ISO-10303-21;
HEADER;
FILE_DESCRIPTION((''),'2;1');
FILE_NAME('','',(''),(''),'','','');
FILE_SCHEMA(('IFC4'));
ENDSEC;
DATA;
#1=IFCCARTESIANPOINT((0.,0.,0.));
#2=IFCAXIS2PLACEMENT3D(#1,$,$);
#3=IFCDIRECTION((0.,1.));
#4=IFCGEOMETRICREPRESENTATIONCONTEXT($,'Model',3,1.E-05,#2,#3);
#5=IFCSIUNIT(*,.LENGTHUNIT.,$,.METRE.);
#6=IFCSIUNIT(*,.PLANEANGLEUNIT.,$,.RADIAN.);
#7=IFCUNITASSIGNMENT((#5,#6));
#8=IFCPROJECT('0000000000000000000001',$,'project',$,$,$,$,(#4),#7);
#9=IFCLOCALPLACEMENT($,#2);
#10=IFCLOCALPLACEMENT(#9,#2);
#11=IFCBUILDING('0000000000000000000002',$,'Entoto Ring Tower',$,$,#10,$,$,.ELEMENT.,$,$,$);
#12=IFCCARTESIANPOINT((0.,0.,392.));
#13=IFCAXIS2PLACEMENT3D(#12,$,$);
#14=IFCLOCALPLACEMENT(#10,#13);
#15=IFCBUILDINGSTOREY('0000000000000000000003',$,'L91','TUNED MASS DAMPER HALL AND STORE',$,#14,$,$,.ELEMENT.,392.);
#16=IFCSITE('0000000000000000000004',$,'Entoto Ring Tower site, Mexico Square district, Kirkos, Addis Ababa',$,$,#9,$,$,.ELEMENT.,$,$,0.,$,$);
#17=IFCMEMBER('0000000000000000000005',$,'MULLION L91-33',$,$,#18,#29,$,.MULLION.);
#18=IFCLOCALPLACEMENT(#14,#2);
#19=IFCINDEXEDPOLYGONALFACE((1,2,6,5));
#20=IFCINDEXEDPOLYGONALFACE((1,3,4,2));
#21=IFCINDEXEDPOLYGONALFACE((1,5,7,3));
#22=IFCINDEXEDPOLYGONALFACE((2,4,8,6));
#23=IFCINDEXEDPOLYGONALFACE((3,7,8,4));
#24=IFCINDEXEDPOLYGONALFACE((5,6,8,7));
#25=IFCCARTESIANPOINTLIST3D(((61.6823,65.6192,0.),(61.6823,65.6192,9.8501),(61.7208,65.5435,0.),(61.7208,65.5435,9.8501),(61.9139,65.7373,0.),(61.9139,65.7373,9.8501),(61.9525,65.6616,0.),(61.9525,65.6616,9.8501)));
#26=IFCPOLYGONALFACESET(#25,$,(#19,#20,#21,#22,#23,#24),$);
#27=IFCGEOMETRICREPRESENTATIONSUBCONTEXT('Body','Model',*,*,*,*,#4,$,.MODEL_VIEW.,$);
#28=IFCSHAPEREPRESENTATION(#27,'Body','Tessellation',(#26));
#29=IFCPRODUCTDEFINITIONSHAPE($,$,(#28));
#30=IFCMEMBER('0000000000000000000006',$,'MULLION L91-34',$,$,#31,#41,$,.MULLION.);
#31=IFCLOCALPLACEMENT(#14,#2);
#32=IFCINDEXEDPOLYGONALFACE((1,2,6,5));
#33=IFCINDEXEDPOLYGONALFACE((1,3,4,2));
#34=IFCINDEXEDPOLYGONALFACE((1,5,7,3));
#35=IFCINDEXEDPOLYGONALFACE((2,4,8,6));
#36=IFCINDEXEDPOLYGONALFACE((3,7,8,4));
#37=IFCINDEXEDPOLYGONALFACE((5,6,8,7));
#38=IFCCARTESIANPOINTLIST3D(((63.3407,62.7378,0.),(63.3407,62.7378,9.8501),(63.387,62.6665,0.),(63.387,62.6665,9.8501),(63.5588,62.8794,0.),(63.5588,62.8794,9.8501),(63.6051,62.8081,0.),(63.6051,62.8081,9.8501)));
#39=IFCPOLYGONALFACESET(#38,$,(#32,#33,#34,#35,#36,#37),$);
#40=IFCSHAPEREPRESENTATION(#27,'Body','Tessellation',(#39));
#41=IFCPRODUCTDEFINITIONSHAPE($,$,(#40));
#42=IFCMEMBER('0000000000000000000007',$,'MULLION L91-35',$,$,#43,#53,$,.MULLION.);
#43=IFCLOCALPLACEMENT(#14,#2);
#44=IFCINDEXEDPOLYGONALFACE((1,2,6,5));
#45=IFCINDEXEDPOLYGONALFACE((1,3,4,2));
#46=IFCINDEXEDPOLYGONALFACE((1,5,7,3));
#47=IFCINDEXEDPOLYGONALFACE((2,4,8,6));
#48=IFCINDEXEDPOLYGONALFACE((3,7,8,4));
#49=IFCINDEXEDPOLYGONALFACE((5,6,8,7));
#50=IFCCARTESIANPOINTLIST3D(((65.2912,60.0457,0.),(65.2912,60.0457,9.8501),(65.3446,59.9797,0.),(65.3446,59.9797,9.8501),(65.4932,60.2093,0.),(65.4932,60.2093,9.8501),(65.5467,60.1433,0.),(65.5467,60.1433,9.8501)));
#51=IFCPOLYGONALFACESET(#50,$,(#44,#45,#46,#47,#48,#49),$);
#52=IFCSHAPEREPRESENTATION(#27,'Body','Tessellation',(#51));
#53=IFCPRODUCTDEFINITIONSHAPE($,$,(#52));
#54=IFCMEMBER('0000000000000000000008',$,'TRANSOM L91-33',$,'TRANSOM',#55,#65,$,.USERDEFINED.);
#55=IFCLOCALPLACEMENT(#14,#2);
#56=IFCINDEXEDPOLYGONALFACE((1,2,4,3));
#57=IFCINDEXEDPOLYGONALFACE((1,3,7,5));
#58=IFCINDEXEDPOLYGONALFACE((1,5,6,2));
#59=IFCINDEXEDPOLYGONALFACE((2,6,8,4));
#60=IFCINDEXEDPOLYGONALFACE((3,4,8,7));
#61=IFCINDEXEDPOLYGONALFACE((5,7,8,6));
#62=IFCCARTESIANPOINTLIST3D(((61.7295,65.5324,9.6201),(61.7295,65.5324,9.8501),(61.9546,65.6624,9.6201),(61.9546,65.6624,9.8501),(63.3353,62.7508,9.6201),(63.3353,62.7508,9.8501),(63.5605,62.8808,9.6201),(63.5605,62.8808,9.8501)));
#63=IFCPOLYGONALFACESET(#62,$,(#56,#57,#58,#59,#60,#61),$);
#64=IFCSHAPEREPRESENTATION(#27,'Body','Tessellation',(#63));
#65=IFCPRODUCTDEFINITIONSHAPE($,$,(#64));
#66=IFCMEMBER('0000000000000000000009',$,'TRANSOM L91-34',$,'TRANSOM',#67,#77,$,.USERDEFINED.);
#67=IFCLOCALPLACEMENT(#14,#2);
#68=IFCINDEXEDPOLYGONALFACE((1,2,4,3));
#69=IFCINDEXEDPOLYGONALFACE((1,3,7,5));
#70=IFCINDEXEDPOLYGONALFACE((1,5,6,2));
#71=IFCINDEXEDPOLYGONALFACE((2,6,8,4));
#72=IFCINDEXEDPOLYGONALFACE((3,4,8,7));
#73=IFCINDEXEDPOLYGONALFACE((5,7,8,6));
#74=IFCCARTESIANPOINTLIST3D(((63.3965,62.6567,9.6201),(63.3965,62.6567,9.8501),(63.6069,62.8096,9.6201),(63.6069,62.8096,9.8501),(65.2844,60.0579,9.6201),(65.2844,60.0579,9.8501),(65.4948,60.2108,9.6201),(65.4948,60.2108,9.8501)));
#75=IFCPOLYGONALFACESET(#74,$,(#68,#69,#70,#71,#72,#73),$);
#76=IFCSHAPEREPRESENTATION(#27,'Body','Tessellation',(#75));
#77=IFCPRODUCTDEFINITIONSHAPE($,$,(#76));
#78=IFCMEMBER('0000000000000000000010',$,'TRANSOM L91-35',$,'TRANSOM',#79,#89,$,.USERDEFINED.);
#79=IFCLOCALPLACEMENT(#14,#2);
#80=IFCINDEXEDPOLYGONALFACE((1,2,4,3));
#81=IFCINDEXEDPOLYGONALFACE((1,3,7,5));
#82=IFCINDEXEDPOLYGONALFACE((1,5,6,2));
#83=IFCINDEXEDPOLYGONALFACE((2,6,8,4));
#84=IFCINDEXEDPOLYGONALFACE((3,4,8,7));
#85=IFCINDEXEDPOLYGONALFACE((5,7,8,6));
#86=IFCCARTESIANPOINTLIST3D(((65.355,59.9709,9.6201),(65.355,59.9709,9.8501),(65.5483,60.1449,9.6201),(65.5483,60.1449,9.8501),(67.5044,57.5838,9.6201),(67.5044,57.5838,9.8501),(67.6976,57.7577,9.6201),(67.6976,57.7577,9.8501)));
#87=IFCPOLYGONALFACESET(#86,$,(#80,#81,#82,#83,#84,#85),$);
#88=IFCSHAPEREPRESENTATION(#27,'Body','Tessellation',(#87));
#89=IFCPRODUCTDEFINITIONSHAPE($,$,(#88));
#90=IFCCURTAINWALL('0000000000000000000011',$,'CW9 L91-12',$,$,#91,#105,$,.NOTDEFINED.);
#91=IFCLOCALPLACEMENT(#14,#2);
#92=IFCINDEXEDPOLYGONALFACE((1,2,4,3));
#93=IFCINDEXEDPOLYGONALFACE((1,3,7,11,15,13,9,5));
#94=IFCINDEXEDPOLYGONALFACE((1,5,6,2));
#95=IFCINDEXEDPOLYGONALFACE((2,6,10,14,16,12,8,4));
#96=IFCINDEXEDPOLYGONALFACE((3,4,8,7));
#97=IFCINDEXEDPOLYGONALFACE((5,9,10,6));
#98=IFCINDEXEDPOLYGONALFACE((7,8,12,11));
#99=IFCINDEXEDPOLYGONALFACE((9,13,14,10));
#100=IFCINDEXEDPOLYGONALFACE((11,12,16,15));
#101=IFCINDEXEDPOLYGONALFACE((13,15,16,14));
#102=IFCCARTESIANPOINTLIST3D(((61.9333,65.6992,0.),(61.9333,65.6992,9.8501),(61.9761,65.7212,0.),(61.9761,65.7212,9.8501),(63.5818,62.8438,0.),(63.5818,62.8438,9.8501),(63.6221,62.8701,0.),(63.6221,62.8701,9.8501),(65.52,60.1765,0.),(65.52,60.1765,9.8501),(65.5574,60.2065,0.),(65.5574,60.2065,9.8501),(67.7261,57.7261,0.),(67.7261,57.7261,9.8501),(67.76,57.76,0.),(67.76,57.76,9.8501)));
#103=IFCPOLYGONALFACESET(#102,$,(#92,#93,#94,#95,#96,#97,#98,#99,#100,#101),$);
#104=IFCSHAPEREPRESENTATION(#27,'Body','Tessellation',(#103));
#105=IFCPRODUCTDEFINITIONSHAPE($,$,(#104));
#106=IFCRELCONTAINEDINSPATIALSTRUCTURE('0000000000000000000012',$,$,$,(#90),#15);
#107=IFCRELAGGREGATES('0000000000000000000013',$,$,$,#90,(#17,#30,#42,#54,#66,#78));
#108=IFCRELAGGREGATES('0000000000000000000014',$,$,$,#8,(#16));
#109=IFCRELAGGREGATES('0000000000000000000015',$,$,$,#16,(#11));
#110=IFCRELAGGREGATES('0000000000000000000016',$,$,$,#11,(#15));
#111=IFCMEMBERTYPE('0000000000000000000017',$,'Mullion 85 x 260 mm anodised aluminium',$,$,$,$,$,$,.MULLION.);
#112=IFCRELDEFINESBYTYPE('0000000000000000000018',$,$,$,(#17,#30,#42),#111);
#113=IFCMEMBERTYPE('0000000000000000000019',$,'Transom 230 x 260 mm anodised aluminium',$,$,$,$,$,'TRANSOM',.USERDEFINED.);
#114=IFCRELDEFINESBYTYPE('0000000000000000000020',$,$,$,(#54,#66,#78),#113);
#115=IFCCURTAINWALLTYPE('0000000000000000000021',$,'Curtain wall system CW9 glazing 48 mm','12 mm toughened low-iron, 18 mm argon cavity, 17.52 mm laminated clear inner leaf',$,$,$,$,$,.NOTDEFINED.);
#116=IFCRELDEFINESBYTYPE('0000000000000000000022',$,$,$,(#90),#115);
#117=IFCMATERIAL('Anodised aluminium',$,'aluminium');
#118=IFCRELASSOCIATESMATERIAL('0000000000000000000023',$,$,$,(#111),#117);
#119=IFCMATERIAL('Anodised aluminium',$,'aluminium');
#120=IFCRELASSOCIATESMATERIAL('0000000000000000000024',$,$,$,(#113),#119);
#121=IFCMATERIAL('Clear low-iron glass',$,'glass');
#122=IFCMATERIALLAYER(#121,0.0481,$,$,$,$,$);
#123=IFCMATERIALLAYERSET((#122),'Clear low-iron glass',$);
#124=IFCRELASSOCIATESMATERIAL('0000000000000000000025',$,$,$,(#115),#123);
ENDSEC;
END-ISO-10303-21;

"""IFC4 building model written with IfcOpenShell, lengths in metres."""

from ifc_helpers import new_model, si_unit, direction, frame, origin, origin_2d, place, context, subcontext, project, spatial, polyline, rectangle, outline, extrude, material, layer, layer_set, material_profile, profile_set, type_object, element, aggregate, save


model = new_model("IFC4")

# Units and contexts
model_context = context("Model", 3, precision=1e-05, world=origin(), true_north=direction((0.0, 1.0)))
body_context = subcontext(model_context, "Body", "Model", "MODEL_VIEW")
ifc_project = project(units=[si_unit("LENGTHUNIT", "METRE"), si_unit("PLANEANGLEUNIT", "RADIAN")], contexts=[model_context])

# Members
ifc_material_1 = material(Name="Anodised aluminium", Category="aluminium")
ifc_material_profile_1 = material_profile(ifc_material_1, rectangle(XDim=0.085, YDim=0.26, at=origin_2d()), Name="Mullion 85 x 260 mm anodised aluminium")
ifc_profile_set_1 = profile_set([ifc_material_profile_1], Name="Anodised aluminium")
member_type_1 = type_object("IfcMemberType", Name="Mullion 85 x 260 mm anodised aluminium", PredefinedType="MULLION", material=ifc_profile_set_1)
site_placement = place(None, origin())
building_placement = place(site_placement, origin())
storey_placement = place(building_placement, frame((0.0, 0.0, 392.0)))
member_1_placement = place(storey_placement, frame((61.8174, 65.6404, 0.0), z_axis=(0.0, 0.0, 1.0), x_axis=(0.45399, -0.891007, 0.0)))
member_1 = element("IfcMember", 1, at=member_1_placement, type_object=member_type_1, Name="MULLION L91-33", PredefinedType="MULLION", context=body_context, shape_type="SweptSolid", body=[
    extrude(rectangle(XDim=0.085, YDim=0.26, at=origin_2d()), origin(), (0.0, 0.0, 1.0), 9.8501),
])
member_2_placement = place(storey_placement, frame((63.4729, 62.7729, 0.0), z_axis=(0.0, 0.0, 1.0), x_axis=(0.544639, -0.838671, 0.0)))
member_2 = element("IfcMember", 2, at=member_2_placement, type_object=member_type_1, Name="MULLION L91-34", PredefinedType="MULLION", context=body_context, shape_type="SweptSolid", body=[
    extrude(rectangle(XDim=0.085, YDim=0.26, at=origin_2d()), origin(), (0.0, 0.0, 1.0), 9.8501),
])
member_3_placement = place(storey_placement, frame((65.4189, 60.0945, 0.0), z_axis=(0.0, 0.0, 1.0), x_axis=(0.62932, -0.777146, 0.0)))
member_3 = element("IfcMember", 3, at=member_3_placement, type_object=member_type_1, Name="MULLION L91-35", PredefinedType="MULLION", context=body_context, shape_type="SweptSolid", body=[
    extrude(rectangle(XDim=0.085, YDim=0.26, at=origin_2d()), origin(), (0.0, 0.0, 1.0), 9.8501),
])
ifc_material_2 = material(Name="Anodised aluminium", Category="aluminium")
ifc_material_profile_2 = material_profile(ifc_material_2, rectangle(XDim=0.26, YDim=0.23, at=origin_2d()), Name="Transom 230 x 260 mm anodised aluminium")
ifc_profile_set_2 = profile_set([ifc_material_profile_2], Name="Anodised aluminium")
member_type_2 = type_object("IfcMemberType", Name="Transom 230 x 260 mm anodised aluminium", ElementType="TRANSOM", PredefinedType="USERDEFINED", material=ifc_profile_set_2)
member_4_placement = place(storey_placement, frame((61.842, 65.5974, 9.7351), z_axis=(0.499981, -0.866036, 0.0), x_axis=(0.866036, 0.499981, 0.0)))
member_4 = element("IfcMember", 4, at=member_4_placement, type_object=member_type_2, Name="TRANSOM L91-33", ObjectType="TRANSOM", PredefinedType="USERDEFINED", context=body_context, shape_type="SweptSolid", body=[
    extrude(rectangle(XDim=0.26, YDim=0.23, at=origin_2d()), origin(), (0.0, 0.0, 1.0), 3.2119),
])
member_5_placement = place(storey_placement, frame((63.5017, 62.7332, 9.7351), z_axis=(0.587733, -0.809055, 0.0), x_axis=(0.809055, 0.587733, 0.0)))
member_5 = element("IfcMember", 5, at=member_5_placement, type_object=member_type_2, Name="TRANSOM L91-34", ObjectType="TRANSOM", PredefinedType="USERDEFINED", context=body_context, shape_type="SweptSolid", body=[
    extrude(rectangle(XDim=0.26, YDim=0.23, at=origin_2d()), origin(), (0.0, 0.0, 1.0), 3.2122),
])
member_6_placement = place(storey_placement, frame((65.4517, 60.0579, 9.7351), z_axis=(0.669124, -0.743151, 0.0), x_axis=(0.743151, 0.669124, 0.0)))
member_6 = element("IfcMember", 6, at=member_6_placement, type_object=member_type_2, Name="TRANSOM L91-35", ObjectType="TRANSOM", PredefinedType="USERDEFINED", context=body_context, shape_type="SweptSolid", body=[
    extrude(rectangle(XDim=0.26, YDim=0.23, at=origin_2d()), origin(), (0.0, 0.0, 1.0), 3.2122),
])

# Site, building, storey
site = spatial("IfcSite", under=ifc_project, at=site_placement, Name="Entoto Ring Tower site, Mexico Square district, Kirkos, Addis Ababa", CompositionType="ELEMENT", RefElevation=0.0)
building = spatial("IfcBuilding", under=site, at=building_placement, Name="Entoto Ring Tower", CompositionType="ELEMENT")
storey = spatial("IfcBuildingStorey", under=building, at=storey_placement, Name="L91", Description="TUNED MASS DAMPER HALL AND STORE", CompositionType="ELEMENT", Elevation=392.0)

# Curtain wall
ifc_material_3 = material(Name="Clear low-iron glass", Category="glass")
ifc_layer = layer(ifc_material_3, 0.0481)
ifc_layer_set = layer_set([ifc_layer], Name="Clear low-iron glass")
curtain_wall_type = type_object("IfcCurtainWallType", Name="Curtain wall system CW9 glazing 48 mm", Description="12 mm toughened low-iron, 18 mm argon cavity, 17.52 mm laminated clear inner leaf", PredefinedType="NOTDEFINED", material=ifc_layer_set)
curtain_wall_1_placement = place(storey_placement, origin())
curtain_wall_1 = element("IfcCurtainWall", 7, at=curtain_wall_1_placement, inside=storey, type_object=curtain_wall_type, Name="CW9 L91-12", PredefinedType="NOTDEFINED", context=body_context, shape_type="SweptSolid", body=[
    extrude(outline(polyline([(61.9333, 65.6992), (63.5818, 62.8438), (65.52, 60.1765), (67.7261, 57.7261), (67.76, 57.76), (65.5574, 60.2065), (63.6221, 62.8701), (61.9761, 65.7212), (61.9333, 65.6992)])), origin(), (0.0, 0.0, 1.0), 9.8501),
])
aggregate(curtain_wall_1, [member_1, member_2, member_3, member_4, member_5, member_6])

save(model, "model.ifc")
